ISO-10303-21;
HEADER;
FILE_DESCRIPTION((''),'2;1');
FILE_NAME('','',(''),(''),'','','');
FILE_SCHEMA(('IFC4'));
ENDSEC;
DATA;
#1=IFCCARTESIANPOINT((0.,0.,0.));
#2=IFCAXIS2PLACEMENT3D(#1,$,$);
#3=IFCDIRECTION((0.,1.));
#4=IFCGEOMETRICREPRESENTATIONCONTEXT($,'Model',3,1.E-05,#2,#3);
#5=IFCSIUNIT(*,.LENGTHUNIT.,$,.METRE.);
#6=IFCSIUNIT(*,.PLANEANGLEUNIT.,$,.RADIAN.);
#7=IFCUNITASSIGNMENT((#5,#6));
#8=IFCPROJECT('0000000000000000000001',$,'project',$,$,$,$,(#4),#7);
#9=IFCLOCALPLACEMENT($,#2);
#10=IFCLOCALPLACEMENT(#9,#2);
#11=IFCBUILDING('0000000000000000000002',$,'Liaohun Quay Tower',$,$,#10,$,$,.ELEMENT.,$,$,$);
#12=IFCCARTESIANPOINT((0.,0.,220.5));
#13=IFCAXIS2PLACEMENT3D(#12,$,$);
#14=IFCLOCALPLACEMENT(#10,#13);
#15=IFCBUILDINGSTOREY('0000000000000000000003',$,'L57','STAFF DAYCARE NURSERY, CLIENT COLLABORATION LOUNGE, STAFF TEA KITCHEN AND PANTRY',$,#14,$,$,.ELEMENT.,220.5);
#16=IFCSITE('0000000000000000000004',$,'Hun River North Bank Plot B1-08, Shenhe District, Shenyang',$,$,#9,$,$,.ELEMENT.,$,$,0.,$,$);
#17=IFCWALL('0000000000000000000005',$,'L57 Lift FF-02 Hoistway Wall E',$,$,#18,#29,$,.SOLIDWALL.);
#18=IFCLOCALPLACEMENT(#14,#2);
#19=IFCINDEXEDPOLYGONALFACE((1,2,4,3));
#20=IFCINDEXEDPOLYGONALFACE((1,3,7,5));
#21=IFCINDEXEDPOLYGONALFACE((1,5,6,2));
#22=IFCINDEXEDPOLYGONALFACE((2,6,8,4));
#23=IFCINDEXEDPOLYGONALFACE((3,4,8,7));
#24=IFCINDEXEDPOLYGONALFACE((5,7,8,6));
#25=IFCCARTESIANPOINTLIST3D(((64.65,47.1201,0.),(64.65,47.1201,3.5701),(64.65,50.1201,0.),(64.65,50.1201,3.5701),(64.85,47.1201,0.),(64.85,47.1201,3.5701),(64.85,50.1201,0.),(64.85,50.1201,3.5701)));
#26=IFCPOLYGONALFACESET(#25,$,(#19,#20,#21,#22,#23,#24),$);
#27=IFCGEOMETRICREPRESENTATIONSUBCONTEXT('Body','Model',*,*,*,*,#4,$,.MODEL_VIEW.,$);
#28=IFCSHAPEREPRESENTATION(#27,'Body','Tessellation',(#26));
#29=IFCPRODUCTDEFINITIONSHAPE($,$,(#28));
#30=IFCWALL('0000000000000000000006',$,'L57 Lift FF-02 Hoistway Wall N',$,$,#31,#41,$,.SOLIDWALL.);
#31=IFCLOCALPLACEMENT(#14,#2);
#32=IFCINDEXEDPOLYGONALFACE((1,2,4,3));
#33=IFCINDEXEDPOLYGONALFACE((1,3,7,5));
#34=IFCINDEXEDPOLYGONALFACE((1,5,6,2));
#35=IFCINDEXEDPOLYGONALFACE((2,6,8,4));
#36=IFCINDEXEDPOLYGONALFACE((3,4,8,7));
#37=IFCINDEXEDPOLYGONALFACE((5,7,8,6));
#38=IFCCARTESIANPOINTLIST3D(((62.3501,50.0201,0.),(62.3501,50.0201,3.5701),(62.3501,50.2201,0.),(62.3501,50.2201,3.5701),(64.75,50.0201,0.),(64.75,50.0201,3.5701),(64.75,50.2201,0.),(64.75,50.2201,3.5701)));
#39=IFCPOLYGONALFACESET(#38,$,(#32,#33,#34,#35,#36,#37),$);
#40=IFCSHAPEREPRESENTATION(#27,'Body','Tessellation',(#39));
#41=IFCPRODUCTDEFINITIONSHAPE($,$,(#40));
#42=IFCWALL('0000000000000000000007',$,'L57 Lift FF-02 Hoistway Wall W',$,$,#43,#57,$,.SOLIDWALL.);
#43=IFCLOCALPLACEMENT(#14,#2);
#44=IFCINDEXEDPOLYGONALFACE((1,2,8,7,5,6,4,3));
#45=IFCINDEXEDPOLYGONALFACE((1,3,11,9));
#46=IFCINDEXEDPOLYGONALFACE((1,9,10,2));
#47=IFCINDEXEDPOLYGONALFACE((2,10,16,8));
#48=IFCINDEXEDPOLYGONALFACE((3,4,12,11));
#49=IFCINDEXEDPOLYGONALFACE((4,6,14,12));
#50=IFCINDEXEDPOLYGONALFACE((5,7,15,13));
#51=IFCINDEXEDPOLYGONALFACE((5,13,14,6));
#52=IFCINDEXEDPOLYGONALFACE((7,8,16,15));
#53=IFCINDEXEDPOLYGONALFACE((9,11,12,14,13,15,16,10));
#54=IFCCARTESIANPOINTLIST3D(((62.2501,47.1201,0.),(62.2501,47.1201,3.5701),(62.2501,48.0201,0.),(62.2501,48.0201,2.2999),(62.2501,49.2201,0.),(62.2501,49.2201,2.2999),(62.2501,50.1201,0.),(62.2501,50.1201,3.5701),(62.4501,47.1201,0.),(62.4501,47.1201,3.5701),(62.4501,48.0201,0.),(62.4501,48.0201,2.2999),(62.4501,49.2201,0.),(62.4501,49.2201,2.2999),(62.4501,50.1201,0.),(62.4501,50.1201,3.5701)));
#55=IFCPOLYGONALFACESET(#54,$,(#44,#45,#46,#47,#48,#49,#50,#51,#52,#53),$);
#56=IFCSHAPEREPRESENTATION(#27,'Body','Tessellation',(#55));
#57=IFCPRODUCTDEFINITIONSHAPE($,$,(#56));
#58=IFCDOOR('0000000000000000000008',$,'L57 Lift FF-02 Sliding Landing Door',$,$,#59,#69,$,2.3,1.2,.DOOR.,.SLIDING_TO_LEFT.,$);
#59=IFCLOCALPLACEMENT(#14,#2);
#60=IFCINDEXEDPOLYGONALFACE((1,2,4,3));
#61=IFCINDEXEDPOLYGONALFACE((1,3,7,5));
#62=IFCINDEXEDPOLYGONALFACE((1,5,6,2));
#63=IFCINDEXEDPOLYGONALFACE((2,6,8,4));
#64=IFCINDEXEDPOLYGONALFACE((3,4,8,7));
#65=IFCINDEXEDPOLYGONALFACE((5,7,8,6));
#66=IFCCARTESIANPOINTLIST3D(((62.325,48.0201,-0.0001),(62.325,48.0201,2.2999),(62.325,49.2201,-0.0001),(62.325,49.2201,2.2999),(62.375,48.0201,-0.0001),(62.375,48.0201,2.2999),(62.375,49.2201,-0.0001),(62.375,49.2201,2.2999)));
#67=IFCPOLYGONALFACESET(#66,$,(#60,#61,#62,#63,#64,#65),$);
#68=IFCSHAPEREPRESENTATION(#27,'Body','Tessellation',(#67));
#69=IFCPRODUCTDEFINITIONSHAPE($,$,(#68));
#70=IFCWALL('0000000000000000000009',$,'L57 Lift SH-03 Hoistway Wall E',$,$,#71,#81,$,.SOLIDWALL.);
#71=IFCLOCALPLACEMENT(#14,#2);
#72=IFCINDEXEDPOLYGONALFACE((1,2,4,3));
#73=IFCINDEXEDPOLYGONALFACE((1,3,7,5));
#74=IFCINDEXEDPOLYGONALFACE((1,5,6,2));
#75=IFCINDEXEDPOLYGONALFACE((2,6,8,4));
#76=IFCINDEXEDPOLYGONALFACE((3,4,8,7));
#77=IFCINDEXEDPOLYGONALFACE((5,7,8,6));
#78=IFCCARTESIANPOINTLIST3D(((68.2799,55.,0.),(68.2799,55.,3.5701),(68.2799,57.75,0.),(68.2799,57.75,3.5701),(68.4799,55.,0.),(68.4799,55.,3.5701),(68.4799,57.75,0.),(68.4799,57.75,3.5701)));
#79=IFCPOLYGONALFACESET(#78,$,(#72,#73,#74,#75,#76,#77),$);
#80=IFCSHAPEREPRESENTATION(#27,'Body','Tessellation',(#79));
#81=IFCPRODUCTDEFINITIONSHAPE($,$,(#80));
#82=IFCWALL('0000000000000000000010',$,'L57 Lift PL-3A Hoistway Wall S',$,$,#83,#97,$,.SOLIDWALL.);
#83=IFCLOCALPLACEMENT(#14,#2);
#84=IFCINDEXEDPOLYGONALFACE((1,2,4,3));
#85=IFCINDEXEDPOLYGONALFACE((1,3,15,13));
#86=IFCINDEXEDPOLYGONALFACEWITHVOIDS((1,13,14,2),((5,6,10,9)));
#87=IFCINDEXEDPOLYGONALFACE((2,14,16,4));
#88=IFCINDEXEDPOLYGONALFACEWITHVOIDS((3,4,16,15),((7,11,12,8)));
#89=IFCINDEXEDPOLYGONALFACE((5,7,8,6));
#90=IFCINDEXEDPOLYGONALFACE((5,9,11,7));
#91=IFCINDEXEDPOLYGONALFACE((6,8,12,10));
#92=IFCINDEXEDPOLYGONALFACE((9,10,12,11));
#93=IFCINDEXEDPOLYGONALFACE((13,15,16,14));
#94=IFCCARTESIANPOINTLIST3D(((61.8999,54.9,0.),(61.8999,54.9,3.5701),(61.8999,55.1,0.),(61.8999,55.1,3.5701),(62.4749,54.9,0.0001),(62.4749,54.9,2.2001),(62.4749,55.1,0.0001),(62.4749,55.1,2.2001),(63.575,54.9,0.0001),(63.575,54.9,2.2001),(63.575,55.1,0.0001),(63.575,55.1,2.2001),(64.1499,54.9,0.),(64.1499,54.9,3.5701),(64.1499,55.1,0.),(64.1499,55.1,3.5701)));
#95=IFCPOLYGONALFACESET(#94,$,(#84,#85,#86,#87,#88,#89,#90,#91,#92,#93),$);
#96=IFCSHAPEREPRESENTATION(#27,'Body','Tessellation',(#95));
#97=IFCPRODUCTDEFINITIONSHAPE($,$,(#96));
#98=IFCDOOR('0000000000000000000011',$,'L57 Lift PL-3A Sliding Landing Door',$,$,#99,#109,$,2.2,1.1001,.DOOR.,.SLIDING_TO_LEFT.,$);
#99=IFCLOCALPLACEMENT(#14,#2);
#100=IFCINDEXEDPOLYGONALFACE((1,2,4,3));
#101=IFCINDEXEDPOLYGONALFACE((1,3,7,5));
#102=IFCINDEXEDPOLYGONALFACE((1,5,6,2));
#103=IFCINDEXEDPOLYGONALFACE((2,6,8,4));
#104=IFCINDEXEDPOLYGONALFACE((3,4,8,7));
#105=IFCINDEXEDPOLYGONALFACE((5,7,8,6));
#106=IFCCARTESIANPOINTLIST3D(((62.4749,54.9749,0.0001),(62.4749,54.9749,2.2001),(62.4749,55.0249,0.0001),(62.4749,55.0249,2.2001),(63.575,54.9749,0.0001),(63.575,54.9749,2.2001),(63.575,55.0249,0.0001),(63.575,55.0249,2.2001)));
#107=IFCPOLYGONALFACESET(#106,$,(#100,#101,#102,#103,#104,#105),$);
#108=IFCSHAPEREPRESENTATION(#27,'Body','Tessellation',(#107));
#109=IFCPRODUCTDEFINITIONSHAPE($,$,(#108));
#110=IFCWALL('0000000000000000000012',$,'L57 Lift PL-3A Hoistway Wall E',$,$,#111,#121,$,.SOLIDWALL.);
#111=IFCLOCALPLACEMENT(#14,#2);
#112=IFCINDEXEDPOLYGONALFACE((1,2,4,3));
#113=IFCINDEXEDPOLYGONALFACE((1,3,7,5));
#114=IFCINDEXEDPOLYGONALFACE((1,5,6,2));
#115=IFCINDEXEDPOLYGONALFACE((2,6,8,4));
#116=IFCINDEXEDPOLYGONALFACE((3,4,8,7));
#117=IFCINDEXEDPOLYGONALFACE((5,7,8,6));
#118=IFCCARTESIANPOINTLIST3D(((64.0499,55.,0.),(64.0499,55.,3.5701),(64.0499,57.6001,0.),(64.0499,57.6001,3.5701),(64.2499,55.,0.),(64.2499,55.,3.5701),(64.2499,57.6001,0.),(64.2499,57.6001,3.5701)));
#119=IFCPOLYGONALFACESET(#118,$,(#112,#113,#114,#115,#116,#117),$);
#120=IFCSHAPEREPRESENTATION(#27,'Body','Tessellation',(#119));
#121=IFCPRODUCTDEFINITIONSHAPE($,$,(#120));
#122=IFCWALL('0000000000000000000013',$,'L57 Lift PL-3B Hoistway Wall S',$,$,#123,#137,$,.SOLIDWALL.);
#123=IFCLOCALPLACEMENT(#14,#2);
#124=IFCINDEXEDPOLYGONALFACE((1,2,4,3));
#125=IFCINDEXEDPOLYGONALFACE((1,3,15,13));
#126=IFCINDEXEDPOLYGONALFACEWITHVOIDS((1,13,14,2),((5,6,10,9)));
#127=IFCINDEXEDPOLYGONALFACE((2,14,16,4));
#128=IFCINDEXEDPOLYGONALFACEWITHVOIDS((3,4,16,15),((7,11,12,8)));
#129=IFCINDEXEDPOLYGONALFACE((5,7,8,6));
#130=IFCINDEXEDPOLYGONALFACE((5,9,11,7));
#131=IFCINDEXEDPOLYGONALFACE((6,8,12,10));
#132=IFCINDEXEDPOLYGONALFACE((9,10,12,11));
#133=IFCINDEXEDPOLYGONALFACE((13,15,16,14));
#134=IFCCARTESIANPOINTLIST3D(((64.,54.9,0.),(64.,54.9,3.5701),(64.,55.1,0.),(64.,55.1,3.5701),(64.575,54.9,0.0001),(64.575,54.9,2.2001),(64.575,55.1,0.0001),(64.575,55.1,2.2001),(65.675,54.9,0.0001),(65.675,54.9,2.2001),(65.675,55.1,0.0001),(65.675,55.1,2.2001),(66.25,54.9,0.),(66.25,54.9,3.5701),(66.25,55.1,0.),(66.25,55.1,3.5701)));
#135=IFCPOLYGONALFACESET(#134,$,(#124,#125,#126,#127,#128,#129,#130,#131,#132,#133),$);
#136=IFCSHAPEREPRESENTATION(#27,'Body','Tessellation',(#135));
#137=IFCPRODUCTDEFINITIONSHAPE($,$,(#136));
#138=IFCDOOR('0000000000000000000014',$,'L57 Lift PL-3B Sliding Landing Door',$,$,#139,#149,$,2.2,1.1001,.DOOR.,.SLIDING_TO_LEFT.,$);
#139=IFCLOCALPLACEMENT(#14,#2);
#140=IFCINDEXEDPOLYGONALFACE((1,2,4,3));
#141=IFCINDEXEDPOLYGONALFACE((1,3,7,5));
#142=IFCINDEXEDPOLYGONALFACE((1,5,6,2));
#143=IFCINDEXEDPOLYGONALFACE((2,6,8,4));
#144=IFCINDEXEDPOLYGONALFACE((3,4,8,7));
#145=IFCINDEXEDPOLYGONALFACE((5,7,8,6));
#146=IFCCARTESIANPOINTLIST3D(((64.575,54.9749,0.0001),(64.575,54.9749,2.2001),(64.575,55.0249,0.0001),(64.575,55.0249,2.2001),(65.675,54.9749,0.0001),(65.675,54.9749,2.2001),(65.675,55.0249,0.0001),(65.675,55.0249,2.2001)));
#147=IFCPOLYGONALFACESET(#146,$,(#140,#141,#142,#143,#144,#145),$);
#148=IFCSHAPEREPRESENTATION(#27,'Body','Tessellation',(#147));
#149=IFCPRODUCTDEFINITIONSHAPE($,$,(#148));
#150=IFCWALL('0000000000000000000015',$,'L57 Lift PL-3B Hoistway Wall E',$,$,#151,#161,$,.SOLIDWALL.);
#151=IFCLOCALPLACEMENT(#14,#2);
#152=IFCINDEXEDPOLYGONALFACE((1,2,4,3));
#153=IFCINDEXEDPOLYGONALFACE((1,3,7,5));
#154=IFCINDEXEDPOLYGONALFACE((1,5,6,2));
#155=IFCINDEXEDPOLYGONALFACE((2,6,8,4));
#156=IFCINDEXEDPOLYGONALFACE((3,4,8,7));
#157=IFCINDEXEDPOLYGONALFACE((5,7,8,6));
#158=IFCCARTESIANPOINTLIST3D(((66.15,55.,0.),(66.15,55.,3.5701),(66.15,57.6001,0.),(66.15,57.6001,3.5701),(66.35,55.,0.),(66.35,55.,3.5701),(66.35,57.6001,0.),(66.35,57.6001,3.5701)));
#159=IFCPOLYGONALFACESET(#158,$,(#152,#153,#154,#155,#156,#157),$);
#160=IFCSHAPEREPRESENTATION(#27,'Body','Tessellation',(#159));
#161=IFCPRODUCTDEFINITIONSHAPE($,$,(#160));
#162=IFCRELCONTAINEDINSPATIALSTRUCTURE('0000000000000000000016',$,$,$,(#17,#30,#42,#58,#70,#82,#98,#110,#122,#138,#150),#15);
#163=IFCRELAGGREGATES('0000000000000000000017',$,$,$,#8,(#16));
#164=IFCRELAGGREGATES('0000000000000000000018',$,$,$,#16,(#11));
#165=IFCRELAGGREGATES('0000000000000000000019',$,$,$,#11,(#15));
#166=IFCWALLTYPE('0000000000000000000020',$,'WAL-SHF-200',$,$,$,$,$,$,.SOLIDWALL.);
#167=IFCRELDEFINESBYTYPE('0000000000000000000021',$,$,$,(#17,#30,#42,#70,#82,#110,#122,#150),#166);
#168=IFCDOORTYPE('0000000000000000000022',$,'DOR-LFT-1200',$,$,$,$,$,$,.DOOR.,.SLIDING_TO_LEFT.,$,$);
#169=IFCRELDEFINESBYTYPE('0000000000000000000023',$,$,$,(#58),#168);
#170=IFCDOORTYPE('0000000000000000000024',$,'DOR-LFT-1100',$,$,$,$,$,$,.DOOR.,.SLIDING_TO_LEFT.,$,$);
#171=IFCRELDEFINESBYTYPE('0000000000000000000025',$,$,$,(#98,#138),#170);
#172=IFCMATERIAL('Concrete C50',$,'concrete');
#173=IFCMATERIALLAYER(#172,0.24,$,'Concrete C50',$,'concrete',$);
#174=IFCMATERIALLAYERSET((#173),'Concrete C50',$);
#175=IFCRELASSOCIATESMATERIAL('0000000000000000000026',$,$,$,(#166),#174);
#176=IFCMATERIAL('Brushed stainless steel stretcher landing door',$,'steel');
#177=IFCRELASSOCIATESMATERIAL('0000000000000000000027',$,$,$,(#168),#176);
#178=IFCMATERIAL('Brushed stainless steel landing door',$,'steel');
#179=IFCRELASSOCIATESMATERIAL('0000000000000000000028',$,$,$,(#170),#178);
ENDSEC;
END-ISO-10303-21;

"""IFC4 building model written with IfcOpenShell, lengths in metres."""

from ifc_helpers import new_model, si_unit, direction, frame, frame_2d, origin, place, context, subcontext, project, spatial, rectangle, extrude, source, transform, mapped, material, layer, layer_set, type_object, element, fill, save


model = new_model("IFC4")

# Units and contexts
model_context = context("Model", 3, precision=1e-05, world=origin(), true_north=direction((0.0, 1.0)))
body_context = subcontext(model_context, "Body", "Model", "MODEL_VIEW")
ifc_project = project(units=[si_unit("LENGTHUNIT", "METRE"), si_unit("PLANEANGLEUNIT", "RADIAN")], contexts=[model_context])

# Site, building, storey
site_placement = place(None, origin())
site = spatial("IfcSite", under=ifc_project, at=site_placement, Name="Hun River North Bank Plot B1-08, Shenhe District, Shenyang", CompositionType="ELEMENT", RefElevation=0.0)
building_placement = place(site_placement, origin())
building = spatial("IfcBuilding", under=site, at=building_placement, Name="Liaohun Quay Tower", CompositionType="ELEMENT")
storey_placement = place(building_placement, frame((0.0, 0.0, 220.5)))
storey = spatial("IfcBuildingStorey", under=building, at=storey_placement, Name="L57", Description="STAFF DAYCARE NURSERY, CLIENT COLLABORATION LOUNGE, STAFF TEA KITCHEN AND PANTRY", CompositionType="ELEMENT", Elevation=220.5)

# Walls
ifc_material_1 = material(Name="Concrete C50", Category="concrete")
ifc_layer_1 = layer(ifc_material_1, 0.24, Name="Concrete C50", Category="concrete")
ifc_layer_set_1 = layer_set([ifc_layer_1], Name="Concrete C50")
wall_type_1 = type_object("IfcWallType", Name="WAL-SHF-200", PredefinedType="SOLIDWALL", material=ifc_layer_set_1)
wall_1_placement = place(storey_placement, frame((64.75, 47.1201, 0.0), z_axis=(0.0, 0.0, 1.0), x_axis=(0.0, 1.0, 0.0)))
element("IfcWall", 1, at=wall_1_placement, inside=storey, type_object=wall_type_1, Name="L57 Lift FF-02 Hoistway Wall E", PredefinedType="SOLIDWALL", context=body_context, shape_type="SweptSolid", body=[
    extrude(rectangle(XDim=3.0, YDim=0.2, at=frame_2d((1.5, 0.0))), origin(), (0.0, 0.0, 1.0), 3.5701),
])
wall_2_placement = place(storey_placement, frame((64.75, 50.1201, 0.0), z_axis=(0.0, 0.0, 1.0), x_axis=(-1.0, 0.0, 0.0)))
element("IfcWall", 2, at=wall_2_placement, inside=storey, type_object=wall_type_1, Name="L57 Lift FF-02 Hoistway Wall N", PredefinedType="SOLIDWALL", context=body_context, shape_type="SweptSolid", body=[
    extrude(rectangle(XDim=2.3999, YDim=0.2, at=frame_2d((1.2, 0.0))), origin(), (0.0, 0.0, 1.0), 3.5701),
])

# Wall, opening, door
wall_3_placement = place(storey_placement, frame((62.3501, 50.1201, 0.0), z_axis=(0.0, 0.0, 1.0), x_axis=(0.0, -1.0, 0.0)))
wall_3 = element("IfcWall", 3, at=wall_3_placement, inside=storey, type_object=wall_type_1, Name="L57 Lift FF-02 Hoistway Wall W", PredefinedType="SOLIDWALL", context=body_context, shape_type="SweptSolid", body=[
    extrude(rectangle(XDim=3.0, YDim=0.2, at=frame_2d((1.5, 0.0))), origin(), (0.0, 0.0, 1.0), 3.5701),
])
shared_shape_1 = source(origin(), body_context, "Body", "SweptSolid", [
    extrude(rectangle(XDim=1.2, YDim=2.3, at=frame_2d((0.6001, 1.1499))), frame((0.0, 0.1099, 0.0), z_axis=(0.0, -1.0, 0.0), x_axis=(1.0, 0.0, 0.0)), (0.0, 0.0, 1.0), 0.22),
])
opening_1_placement = place(wall_3_placement, frame((0.8999, 0.0, 0.0)))
opening_1 = element("IfcOpeningElement", 4, at=opening_1_placement, cuts=wall_3, PredefinedType="OPENING", context=body_context, shape_type="MappedRepresentation", body=[
    mapped(shared_shape_1, transform((0.0, 0.0, 0.0), x_axis=(1.0, 0.0, 0.0), y_axis=(0.0, 1.0, 0.0), z_axis=(0.0, 0.0, 1.0), scale=1.0)),
])
ifc_material_2 = material(Name="Brushed stainless steel stretcher landing door", Category="steel")
door_type_1 = type_object("IfcDoorType", Name="DOR-LFT-1200", OperationType="SLIDING_TO_LEFT", PredefinedType="DOOR", material=ifc_material_2)
shared_shape_2 = source(origin(), body_context, "Body", "SweptSolid", [
    extrude(rectangle(XDim=1.2, YDim=2.3, at=frame_2d((0.6001, 1.1499))), frame((0.0, 0.0249, 0.0), z_axis=(0.0, -1.0, 0.0), x_axis=(1.0, 0.0, 0.0)), (0.0, 0.0, 1.0), 0.05),
])
door_1_placement = place(opening_1_placement, origin())
door_1 = element("IfcDoor", 5, at=door_1_placement, inside=storey, type_object=door_type_1, Name="L57 Lift FF-02 Sliding Landing Door", OperationType="SLIDING_TO_LEFT", OverallHeight=2.3, OverallWidth=1.2, PredefinedType="DOOR", context=body_context, shape_type="MappedRepresentation", body=[
    mapped(shared_shape_2, transform((0.0, 0.0, 0.0), x_axis=(1.0, 0.0, 0.0), y_axis=(0.0, 1.0, 0.0), z_axis=(0.0, 0.0, 1.0), scale=1.0)),
])
fill(opening_1, door_1)

# Wall
wall_4_placement = place(storey_placement, frame((68.3799, 55.0, 0.0), z_axis=(0.0, 0.0, 1.0), x_axis=(0.0, 1.0, 0.0)))
element("IfcWall", 6, at=wall_4_placement, inside=storey, type_object=wall_type_1, Name="L57 Lift SH-03 Hoistway Wall E", PredefinedType="SOLIDWALL", context=body_context, shape_type="SweptSolid", body=[
    extrude(rectangle(XDim=2.75, YDim=0.2, at=frame_2d((1.375, 0.0))), origin(), (0.0, 0.0, 1.0), 3.5701),
])

# Wall, opening, door
wall_5_placement = place(storey_placement, frame((61.8999, 55.0, 0.0), z_axis=(0.0, 0.0, 1.0), x_axis=(1.0, 0.0, 0.0)))
wall_5 = element("IfcWall", 7, at=wall_5_placement, inside=storey, type_object=wall_type_1, Name="L57 Lift PL-3A Hoistway Wall S", PredefinedType="SOLIDWALL", context=body_context, shape_type="SweptSolid", body=[
    extrude(rectangle(XDim=2.25, YDim=0.2, at=frame_2d((1.125, 0.0))), origin(), (0.0, 0.0, 1.0), 3.5701),
])
shared_shape_3 = source(origin(), body_context, "Body", "SweptSolid", [
    extrude(rectangle(XDim=1.1001, YDim=2.2, at=frame_2d((0.55, 1.1001))), frame((0.0, 0.1099, 0.0), z_axis=(0.0, -1.0, 0.0), x_axis=(1.0, 0.0, 0.0)), (0.0, 0.0, 1.0), 0.22),
])
opening_2_placement = place(wall_5_placement, frame((0.575, 0.0, 0.0)))
opening_2 = element("IfcOpeningElement", 8, at=opening_2_placement, cuts=wall_5, PredefinedType="OPENING", context=body_context, shape_type="MappedRepresentation", body=[
    mapped(shared_shape_3, transform((0.0, 0.0, 0.0), x_axis=(1.0, 0.0, 0.0), y_axis=(0.0, 1.0, 0.0), z_axis=(0.0, 0.0, 1.0), scale=1.0)),
])
ifc_material_3 = material(Name="Brushed stainless steel landing door", Category="steel")
door_type_2 = type_object("IfcDoorType", Name="DOR-LFT-1100", OperationType="SLIDING_TO_LEFT", PredefinedType="DOOR", material=ifc_material_3)
shared_shape_4 = source(origin(), body_context, "Body", "SweptSolid", [
    extrude(rectangle(XDim=1.1001, YDim=2.2, at=frame_2d((0.55, 1.1001))), frame((0.0, 0.0249, 0.0), z_axis=(0.0, -1.0, 0.0), x_axis=(1.0, 0.0, 0.0)), (0.0, 0.0, 1.0), 0.05),
])
door_2_placement = place(opening_2_placement, origin())
door_2 = element("IfcDoor", 9, at=door_2_placement, inside=storey, type_object=door_type_2, Name="L57 Lift PL-3A Sliding Landing Door", OperationType="SLIDING_TO_LEFT", OverallHeight=2.2, OverallWidth=1.1001, PredefinedType="DOOR", context=body_context, shape_type="MappedRepresentation", body=[
    mapped(shared_shape_4, transform((0.0, 0.0, 0.0), x_axis=(1.0, 0.0, 0.0), y_axis=(0.0, 1.0, 0.0), z_axis=(0.0, 0.0, 1.0), scale=1.0)),
])
fill(opening_2, door_2)

# Wall
wall_6_placement = place(storey_placement, frame((64.1499, 55.0, 0.0), z_axis=(0.0, 0.0, 1.0), x_axis=(0.0, 1.0, 0.0)))
element("IfcWall", 10, at=wall_6_placement, inside=storey, type_object=wall_type_1, Name="L57 Lift PL-3A Hoistway Wall E", PredefinedType="SOLIDWALL", context=body_context, shape_type="SweptSolid", body=[
    extrude(rectangle(XDim=2.6001, YDim=0.2, at=frame_2d((1.3, 0.0))), origin(), (0.0, 0.0, 1.0), 3.5701),
])

# Wall, opening, door
wall_7_placement = place(storey_placement, frame((64.0, 55.0, 0.0), z_axis=(0.0, 0.0, 1.0), x_axis=(1.0, 0.0, 0.0)))
wall_7 = element("IfcWall", 11, at=wall_7_placement, inside=storey, type_object=wall_type_1, Name="L57 Lift PL-3B Hoistway Wall S", PredefinedType="SOLIDWALL", context=body_context, shape_type="SweptSolid", body=[
    extrude(rectangle(XDim=2.25, YDim=0.2, at=frame_2d((1.125, 0.0))), origin(), (0.0, 0.0, 1.0), 3.5701),
])
opening_3_placement = place(wall_7_placement, frame((0.575, 0.0, 0.0)))
opening_3 = element("IfcOpeningElement", 12, at=opening_3_placement, cuts=wall_7, PredefinedType="OPENING", context=body_context, shape_type="MappedRepresentation", body=[
    mapped(shared_shape_3, transform((0.0, 0.0, 0.0), x_axis=(1.0, 0.0, 0.0), y_axis=(0.0, 1.0, 0.0), z_axis=(0.0, 0.0, 1.0), scale=1.0)),
])
door_3_placement = place(opening_3_placement, origin())
door_3 = element("IfcDoor", 13, at=door_3_placement, inside=storey, type_object=door_type_2, Name="L57 Lift PL-3B Sliding Landing Door", OperationType="SLIDING_TO_LEFT", OverallHeight=2.2, OverallWidth=1.1001, PredefinedType="DOOR", context=body_context, shape_type="MappedRepresentation", body=[
    mapped(shared_shape_4, transform((0.0, 0.0, 0.0), x_axis=(1.0, 0.0, 0.0), y_axis=(0.0, 1.0, 0.0), z_axis=(0.0, 0.0, 1.0), scale=1.0)),
])
fill(opening_3, door_3)

# Wall
wall_8_placement = place(storey_placement, frame((66.25, 55.0, 0.0), z_axis=(0.0, 0.0, 1.0), x_axis=(0.0, 1.0, 0.0)))
element("IfcWall", 14, at=wall_8_placement, inside=storey, type_object=wall_type_1, Name="L57 Lift PL-3B Hoistway Wall E", PredefinedType="SOLIDWALL", context=body_context, shape_type="SweptSolid", body=[
    extrude(rectangle(XDim=2.6001, YDim=0.2, at=frame_2d((1.3, 0.0))), origin(), (0.0, 0.0, 1.0), 3.5701),
])

save(model, "model.ifc")
